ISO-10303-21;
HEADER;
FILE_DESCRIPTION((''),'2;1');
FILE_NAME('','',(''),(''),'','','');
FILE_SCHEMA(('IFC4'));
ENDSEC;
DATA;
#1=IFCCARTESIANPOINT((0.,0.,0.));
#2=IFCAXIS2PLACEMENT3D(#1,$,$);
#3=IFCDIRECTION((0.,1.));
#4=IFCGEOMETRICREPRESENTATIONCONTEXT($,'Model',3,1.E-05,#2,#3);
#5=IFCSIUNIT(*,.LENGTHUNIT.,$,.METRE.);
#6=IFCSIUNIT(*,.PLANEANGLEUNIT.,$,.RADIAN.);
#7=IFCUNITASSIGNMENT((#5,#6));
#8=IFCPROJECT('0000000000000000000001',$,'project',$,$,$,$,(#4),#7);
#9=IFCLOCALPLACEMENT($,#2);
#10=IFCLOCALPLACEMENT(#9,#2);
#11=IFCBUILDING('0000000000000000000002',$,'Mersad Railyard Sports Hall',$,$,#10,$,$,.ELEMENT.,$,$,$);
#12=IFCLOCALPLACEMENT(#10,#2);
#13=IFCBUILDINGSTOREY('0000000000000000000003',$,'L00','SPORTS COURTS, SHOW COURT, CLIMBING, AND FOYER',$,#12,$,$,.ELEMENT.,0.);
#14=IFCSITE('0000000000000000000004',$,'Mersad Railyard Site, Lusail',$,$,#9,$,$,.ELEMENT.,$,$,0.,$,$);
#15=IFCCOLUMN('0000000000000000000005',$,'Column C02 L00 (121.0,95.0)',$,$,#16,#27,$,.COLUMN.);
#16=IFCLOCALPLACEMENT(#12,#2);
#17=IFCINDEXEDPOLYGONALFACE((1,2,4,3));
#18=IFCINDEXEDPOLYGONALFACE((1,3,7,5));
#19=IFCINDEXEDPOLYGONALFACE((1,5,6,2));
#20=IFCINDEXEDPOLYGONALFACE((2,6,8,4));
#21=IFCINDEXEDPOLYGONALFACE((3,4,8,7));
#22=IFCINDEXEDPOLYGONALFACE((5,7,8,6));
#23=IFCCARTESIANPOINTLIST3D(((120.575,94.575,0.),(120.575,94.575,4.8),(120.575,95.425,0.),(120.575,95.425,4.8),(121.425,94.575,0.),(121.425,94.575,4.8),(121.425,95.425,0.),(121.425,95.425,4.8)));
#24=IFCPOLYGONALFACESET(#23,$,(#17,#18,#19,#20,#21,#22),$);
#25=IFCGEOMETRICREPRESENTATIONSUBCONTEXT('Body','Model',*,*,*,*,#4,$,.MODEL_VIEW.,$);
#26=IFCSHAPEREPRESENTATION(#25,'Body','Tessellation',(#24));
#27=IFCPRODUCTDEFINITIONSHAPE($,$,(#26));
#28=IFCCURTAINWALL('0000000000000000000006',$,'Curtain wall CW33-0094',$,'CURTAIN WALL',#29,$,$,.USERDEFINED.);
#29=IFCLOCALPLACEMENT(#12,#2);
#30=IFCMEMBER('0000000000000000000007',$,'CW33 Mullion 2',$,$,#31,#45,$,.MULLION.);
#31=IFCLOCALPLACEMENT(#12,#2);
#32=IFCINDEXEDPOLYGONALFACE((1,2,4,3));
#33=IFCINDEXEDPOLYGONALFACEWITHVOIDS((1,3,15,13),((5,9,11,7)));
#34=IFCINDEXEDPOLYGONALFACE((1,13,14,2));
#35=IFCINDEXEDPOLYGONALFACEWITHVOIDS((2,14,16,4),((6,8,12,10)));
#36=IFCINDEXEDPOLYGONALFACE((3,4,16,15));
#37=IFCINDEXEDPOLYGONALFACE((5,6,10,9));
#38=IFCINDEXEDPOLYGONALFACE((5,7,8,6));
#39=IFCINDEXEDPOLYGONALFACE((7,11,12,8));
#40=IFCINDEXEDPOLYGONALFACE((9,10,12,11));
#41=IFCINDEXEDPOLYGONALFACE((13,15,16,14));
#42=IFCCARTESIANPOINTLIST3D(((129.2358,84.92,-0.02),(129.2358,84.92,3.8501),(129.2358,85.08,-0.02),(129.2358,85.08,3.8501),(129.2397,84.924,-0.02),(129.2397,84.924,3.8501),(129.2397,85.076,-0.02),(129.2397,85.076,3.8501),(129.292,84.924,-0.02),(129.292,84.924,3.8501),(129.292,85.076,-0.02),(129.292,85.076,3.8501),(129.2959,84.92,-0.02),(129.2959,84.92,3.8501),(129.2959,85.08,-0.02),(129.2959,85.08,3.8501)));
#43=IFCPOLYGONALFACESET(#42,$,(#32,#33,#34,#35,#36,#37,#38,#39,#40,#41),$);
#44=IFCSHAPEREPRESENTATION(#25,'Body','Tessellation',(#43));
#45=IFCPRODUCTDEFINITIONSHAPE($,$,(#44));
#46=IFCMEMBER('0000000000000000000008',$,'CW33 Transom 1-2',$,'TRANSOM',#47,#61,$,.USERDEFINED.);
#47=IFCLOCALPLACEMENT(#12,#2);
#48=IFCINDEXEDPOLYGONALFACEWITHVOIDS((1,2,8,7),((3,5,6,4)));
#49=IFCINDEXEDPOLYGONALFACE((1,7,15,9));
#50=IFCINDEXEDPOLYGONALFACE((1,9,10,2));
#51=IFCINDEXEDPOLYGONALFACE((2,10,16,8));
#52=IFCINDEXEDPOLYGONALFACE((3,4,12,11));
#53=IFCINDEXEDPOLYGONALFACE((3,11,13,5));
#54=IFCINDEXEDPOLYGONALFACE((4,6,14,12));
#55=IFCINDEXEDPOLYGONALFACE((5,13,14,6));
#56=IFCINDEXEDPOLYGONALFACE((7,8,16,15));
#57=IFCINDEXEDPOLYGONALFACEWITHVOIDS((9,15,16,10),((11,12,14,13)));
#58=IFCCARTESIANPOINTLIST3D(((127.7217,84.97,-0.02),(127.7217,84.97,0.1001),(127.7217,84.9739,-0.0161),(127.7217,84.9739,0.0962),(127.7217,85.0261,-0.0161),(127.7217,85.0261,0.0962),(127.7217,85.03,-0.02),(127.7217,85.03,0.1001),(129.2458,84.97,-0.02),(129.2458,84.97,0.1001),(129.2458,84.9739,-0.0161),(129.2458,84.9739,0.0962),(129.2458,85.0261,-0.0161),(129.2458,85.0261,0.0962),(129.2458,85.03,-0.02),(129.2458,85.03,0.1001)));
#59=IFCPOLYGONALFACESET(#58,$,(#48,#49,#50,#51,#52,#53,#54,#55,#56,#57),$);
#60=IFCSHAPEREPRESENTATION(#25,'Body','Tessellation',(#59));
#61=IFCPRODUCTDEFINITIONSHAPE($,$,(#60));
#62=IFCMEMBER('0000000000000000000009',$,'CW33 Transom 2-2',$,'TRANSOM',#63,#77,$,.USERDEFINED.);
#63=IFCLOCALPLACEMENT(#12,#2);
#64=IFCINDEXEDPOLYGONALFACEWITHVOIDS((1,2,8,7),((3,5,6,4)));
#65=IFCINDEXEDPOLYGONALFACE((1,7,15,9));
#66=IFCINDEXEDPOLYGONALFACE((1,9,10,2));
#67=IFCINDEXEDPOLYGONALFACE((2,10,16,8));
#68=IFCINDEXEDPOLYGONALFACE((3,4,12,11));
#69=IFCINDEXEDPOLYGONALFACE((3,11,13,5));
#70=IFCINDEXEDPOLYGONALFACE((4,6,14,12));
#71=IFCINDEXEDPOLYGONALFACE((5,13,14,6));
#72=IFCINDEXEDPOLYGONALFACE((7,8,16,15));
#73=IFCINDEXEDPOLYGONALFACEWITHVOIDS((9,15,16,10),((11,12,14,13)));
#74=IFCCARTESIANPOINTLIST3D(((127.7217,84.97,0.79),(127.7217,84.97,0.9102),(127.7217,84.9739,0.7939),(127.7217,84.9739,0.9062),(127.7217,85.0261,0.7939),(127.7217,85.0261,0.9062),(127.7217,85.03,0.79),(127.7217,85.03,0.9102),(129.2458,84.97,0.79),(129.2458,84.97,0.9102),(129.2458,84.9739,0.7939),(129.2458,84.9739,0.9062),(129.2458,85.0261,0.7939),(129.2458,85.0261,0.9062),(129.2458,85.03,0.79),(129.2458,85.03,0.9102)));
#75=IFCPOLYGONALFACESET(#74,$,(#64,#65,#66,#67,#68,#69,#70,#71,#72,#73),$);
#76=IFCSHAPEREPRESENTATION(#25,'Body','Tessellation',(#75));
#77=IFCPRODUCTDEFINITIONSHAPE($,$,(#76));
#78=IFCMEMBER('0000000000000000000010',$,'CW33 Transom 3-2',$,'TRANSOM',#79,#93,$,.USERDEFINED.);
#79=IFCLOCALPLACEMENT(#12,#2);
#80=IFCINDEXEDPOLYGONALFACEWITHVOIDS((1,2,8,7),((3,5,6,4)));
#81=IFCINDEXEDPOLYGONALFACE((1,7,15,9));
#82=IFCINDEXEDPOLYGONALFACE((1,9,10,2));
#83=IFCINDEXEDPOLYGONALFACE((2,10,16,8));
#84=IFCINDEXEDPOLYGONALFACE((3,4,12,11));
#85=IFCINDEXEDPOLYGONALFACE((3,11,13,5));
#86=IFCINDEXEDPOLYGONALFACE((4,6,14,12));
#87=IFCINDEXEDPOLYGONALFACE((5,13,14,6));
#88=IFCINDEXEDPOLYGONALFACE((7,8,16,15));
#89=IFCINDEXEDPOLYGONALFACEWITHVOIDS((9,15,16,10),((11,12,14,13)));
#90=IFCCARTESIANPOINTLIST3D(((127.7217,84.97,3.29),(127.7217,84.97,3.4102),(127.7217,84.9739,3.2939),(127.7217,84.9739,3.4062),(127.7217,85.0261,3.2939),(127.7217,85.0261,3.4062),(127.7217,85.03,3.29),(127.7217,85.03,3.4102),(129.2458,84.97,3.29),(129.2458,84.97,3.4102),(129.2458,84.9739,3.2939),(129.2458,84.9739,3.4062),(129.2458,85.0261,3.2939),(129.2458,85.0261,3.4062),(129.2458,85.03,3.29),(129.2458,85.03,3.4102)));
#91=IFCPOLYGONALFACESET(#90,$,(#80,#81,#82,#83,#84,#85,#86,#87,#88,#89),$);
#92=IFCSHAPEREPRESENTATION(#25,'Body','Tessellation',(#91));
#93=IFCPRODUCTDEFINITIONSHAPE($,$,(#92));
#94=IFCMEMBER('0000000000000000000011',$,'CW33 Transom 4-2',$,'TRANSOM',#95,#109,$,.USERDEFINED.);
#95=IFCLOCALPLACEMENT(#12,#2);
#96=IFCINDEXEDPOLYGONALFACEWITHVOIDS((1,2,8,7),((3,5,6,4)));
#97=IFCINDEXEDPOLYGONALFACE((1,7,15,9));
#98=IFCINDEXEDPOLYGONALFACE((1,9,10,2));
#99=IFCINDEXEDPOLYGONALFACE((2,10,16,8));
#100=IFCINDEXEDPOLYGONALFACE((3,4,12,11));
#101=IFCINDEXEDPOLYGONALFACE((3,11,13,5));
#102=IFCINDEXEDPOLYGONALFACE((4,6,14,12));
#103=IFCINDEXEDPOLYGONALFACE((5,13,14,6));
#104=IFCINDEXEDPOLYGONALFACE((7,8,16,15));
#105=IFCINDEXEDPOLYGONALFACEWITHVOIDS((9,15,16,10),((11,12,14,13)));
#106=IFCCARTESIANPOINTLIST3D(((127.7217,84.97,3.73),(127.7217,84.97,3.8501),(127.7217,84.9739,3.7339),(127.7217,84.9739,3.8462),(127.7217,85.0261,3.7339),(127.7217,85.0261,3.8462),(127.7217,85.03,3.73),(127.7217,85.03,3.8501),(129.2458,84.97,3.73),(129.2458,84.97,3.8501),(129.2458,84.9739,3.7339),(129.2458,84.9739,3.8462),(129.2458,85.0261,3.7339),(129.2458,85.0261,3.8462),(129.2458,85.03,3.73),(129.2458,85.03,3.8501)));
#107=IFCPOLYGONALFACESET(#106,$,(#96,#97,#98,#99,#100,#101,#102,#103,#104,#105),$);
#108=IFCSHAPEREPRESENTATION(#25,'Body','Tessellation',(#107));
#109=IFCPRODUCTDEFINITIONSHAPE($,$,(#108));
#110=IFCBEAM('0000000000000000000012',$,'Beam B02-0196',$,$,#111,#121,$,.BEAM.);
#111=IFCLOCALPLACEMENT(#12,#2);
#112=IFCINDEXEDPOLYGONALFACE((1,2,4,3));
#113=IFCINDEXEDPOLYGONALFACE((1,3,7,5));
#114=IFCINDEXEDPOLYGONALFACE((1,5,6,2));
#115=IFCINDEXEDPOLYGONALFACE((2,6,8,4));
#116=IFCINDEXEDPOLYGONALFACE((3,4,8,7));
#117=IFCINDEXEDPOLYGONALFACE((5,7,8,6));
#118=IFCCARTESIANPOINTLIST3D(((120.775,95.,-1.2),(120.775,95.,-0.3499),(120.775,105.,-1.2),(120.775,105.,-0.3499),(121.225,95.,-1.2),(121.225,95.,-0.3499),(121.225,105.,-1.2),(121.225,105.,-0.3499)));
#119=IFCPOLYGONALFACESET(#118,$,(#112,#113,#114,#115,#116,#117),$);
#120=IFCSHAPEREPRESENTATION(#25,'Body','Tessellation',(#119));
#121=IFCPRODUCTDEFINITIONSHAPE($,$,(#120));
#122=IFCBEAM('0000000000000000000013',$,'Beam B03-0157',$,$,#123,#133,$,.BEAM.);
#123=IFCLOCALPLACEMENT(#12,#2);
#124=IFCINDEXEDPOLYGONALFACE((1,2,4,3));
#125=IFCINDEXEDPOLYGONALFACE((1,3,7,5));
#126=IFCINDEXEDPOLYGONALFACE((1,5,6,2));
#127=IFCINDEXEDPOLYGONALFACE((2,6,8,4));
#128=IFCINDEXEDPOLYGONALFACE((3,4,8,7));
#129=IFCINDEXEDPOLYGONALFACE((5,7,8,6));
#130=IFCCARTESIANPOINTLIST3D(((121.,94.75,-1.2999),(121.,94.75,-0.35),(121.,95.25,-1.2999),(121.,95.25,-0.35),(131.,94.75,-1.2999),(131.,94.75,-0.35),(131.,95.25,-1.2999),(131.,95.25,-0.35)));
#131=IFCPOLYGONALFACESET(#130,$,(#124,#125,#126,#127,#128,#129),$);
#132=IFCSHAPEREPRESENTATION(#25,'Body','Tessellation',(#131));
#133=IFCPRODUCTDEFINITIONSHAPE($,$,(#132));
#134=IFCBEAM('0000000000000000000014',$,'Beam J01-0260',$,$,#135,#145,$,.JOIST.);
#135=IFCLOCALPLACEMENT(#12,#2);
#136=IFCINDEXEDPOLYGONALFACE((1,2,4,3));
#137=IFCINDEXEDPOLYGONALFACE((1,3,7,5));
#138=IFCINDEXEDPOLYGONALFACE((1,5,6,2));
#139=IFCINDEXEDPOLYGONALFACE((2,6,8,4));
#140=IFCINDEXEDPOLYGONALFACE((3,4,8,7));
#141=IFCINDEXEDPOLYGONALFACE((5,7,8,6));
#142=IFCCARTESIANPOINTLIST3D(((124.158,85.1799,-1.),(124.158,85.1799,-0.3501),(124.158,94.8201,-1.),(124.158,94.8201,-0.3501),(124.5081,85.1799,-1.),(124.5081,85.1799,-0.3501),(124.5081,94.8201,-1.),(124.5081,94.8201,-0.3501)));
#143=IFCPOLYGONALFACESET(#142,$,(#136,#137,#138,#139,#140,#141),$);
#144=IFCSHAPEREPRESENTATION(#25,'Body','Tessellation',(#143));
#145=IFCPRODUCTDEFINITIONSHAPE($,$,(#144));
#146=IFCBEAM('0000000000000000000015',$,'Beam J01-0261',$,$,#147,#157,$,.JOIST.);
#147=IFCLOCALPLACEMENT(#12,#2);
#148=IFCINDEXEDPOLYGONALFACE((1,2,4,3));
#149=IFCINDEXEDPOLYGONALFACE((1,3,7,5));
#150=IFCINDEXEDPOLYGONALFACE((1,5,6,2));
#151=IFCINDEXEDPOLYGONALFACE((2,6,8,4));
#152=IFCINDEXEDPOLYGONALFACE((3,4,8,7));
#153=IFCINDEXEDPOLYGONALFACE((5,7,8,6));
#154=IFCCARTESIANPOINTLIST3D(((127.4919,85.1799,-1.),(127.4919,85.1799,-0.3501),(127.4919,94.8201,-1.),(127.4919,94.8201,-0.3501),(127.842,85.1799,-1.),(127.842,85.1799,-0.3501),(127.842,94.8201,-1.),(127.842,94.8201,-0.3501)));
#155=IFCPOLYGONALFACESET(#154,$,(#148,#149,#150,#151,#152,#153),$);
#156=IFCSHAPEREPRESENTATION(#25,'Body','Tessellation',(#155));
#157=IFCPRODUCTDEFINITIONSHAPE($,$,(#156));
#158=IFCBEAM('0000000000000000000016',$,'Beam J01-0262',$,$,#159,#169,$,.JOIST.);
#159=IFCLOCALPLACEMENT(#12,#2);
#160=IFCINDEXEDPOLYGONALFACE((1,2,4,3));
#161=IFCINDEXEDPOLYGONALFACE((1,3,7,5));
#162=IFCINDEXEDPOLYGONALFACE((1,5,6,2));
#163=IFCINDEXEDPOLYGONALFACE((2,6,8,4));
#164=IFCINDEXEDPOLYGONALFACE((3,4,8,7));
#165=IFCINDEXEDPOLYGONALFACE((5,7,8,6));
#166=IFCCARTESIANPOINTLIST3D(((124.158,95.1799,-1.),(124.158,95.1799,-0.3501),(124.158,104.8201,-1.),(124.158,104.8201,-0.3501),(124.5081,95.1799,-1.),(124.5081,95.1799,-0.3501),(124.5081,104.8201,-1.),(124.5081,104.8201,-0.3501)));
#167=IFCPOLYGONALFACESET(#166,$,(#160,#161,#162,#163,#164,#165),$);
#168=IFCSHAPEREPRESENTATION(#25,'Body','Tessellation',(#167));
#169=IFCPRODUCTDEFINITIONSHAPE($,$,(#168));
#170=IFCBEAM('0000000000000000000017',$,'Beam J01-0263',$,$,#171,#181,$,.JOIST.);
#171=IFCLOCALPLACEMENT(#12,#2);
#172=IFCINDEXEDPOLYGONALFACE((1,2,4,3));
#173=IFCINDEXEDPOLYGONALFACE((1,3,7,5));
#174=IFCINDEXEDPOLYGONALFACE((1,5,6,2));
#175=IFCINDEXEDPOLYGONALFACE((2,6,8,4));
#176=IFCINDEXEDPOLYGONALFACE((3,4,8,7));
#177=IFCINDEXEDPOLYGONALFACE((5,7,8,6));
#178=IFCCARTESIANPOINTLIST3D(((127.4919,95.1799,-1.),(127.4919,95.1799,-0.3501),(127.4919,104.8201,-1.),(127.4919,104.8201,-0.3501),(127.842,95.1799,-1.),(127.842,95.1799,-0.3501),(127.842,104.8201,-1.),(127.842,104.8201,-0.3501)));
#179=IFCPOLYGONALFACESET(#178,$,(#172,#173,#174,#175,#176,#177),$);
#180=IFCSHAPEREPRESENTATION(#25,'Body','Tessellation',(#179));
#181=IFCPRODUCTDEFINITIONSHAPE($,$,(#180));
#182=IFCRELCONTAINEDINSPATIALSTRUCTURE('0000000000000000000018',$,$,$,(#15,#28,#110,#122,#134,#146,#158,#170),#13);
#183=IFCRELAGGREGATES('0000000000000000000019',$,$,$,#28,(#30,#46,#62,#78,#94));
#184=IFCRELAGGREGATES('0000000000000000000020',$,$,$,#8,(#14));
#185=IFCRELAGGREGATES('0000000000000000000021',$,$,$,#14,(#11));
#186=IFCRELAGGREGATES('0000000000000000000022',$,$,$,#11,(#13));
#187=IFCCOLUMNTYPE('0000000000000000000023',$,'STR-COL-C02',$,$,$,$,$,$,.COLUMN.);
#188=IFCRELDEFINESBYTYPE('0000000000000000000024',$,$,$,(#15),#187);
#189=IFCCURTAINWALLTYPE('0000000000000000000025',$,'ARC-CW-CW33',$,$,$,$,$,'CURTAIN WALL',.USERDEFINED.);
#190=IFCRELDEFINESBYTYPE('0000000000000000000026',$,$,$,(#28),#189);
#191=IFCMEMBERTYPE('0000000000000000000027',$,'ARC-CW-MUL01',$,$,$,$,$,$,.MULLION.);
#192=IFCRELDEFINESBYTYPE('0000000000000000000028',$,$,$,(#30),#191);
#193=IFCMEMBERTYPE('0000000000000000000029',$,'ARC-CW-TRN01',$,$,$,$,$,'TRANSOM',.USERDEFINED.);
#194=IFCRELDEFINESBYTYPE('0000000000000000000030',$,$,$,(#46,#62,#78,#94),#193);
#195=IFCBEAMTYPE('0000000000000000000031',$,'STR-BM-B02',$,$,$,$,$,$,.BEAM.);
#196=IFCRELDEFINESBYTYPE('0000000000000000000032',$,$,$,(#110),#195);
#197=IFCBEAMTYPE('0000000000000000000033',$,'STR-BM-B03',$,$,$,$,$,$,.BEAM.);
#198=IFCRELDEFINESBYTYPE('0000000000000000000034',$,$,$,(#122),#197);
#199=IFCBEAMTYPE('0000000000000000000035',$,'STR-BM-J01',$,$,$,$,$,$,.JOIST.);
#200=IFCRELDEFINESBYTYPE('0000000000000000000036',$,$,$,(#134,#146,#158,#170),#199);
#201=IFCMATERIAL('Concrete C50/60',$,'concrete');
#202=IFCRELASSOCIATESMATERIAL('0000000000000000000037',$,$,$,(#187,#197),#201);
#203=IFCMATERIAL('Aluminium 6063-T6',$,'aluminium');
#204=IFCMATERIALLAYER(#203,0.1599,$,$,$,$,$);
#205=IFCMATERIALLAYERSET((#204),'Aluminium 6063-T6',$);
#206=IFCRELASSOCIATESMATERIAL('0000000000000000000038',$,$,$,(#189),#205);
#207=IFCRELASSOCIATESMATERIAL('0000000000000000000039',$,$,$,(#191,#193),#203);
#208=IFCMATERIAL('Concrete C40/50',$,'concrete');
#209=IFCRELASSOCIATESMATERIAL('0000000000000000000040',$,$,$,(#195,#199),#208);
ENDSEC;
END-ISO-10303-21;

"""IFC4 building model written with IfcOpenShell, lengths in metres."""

from ifc_helpers import new_model, si_unit, direction, frame, origin, origin_2d, place, context, subcontext, project, spatial, rectangle, hollow_rectangle, extrude, material, layer, layer_set, material_profile, profile_set, type_object, element, aggregate, save


model = new_model("IFC4")

# Units and contexts
model_context = context("Model", 3, precision=1e-05, world=origin(), true_north=direction((0.0, 1.0)))
body_context = subcontext(model_context, "Body", "Model", "MODEL_VIEW")
ifc_project = project(units=[si_unit("LENGTHUNIT", "METRE"), si_unit("PLANEANGLEUNIT", "RADIAN")], contexts=[model_context])

# Site, building, storey
site_placement = place(None, origin())
site = spatial("IfcSite", under=ifc_project, at=site_placement, Name="Mersad Railyard Site, Lusail", CompositionType="ELEMENT", RefElevation=0.0)
building_placement = place(site_placement, origin())
building = spatial("IfcBuilding", under=site, at=building_placement, Name="Mersad Railyard Sports Hall", CompositionType="ELEMENT")
storey_placement = place(building_placement, origin())
storey = spatial("IfcBuildingStorey", under=building, at=storey_placement, Name="L00", Description="SPORTS COURTS, SHOW COURT, CLIMBING, AND FOYER", CompositionType="ELEMENT", Elevation=0.0)

# Column
ifc_material_1 = material(Name="Concrete C50/60", Category="concrete")
ifc_material_profile_1 = material_profile(ifc_material_1, rectangle(XDim=0.8501, YDim=0.8501, at=origin_2d()), Name="RC 850x850")
ifc_profile_set_1 = profile_set([ifc_material_profile_1], Name="Concrete C50/60")
column_type = type_object("IfcColumnType", Name="STR-COL-C02", PredefinedType="COLUMN", material=ifc_profile_set_1)
column_placement = place(storey_placement, frame((121.0, 95.0, 0.0), z_axis=(0.0, 0.0, 1.0), x_axis=(1.0, 0.0, 0.0)))
element("IfcColumn", 1, at=column_placement, inside=storey, type_object=column_type, Name="Column C02 L00 (121.0,95.0)", PredefinedType="COLUMN", context=body_context, shape_type="SweptSolid", body=[
    extrude(rectangle(XDim=0.8501, YDim=0.8501, at=origin_2d()), origin(), (0.0, 0.0, 1.0), 4.8),
])

# Curtain wall, members
ifc_material_2 = material(Name="Aluminium 6063-T6", Category="aluminium")
ifc_layer_1 = layer(ifc_material_2, 0.1599)
ifc_layer_set_1 = layer_set([ifc_layer_1], Name="Aluminium 6063-T6")
curtain_wall_type = type_object("IfcCurtainWallType", Name="ARC-CW-CW33", ElementType="CURTAIN WALL", PredefinedType="USERDEFINED", material=ifc_layer_set_1)
curtain_wall_placement = place(storey_placement, origin())
curtain_wall = element("IfcCurtainWall", 2, at=curtain_wall_placement, inside=storey, type_object=curtain_wall_type, Name="Curtain wall CW33-0094", ObjectType="CURTAIN WALL", PredefinedType="USERDEFINED")
ifc_material_profile_2 = material_profile(ifc_material_2, hollow_rectangle(XDim=0.0601, YDim=0.1599, WallThickness=0.0039, at=origin_2d()), Name="AL MULLION 60x160x4")
ifc_profile_set_2 = profile_set([ifc_material_profile_2], Name="Aluminium 6063-T6")
member_type_1 = type_object("IfcMemberType", Name="ARC-CW-MUL01", PredefinedType="MULLION", material=ifc_profile_set_2)
member_1_placement = place(storey_placement, frame((129.2659, 85.0, -0.02), z_axis=(0.0, 0.0, 1.0), x_axis=(1.0, 0.0, 0.0)))
member_1 = element("IfcMember", 3, at=member_1_placement, type_object=member_type_1, Name="CW33 Mullion 2", PredefinedType="MULLION", context=body_context, shape_type="SweptSolid", body=[
    extrude(hollow_rectangle(XDim=0.0601, YDim=0.1599, WallThickness=0.0039, at=origin_2d()), origin(), (0.0, 0.0, 1.0), 3.8701),
])
ifc_material_profile_3 = material_profile(ifc_material_2, hollow_rectangle(XDim=0.0601, YDim=0.1201, WallThickness=0.0039, at=origin_2d()), Name="AL TRANSOM 60x120x4")
ifc_profile_set_3 = profile_set([ifc_material_profile_3], Name="Aluminium 6063-T6")
member_type_2 = type_object("IfcMemberType", Name="ARC-CW-TRN01", ElementType="TRANSOM", PredefinedType="USERDEFINED", material=ifc_profile_set_3)
member_2_placement = place(storey_placement, frame((129.2458, 85.0, 0.04), z_axis=(-1.0, 0.0, 0.0), x_axis=(0.0, -1.0, 0.0)))
member_2 = element("IfcMember", 4, at=member_2_placement, type_object=member_type_2, Name="CW33 Transom 1-2", ObjectType="TRANSOM", PredefinedType="USERDEFINED", context=body_context, shape_type="SweptSolid", body=[
    extrude(hollow_rectangle(XDim=0.0601, YDim=0.1201, WallThickness=0.0039, at=origin_2d()), origin(), (0.0, 0.0, 1.0), 1.5242),
])
member_3_placement = place(storey_placement, frame((129.2458, 85.0, 0.8501), z_axis=(-1.0, 0.0, 0.0), x_axis=(0.0, -1.0, 0.0)))
member_3 = element("IfcMember", 5, at=member_3_placement, type_object=member_type_2, Name="CW33 Transom 2-2", ObjectType="TRANSOM", PredefinedType="USERDEFINED", context=body_context, shape_type="SweptSolid", body=[
    extrude(hollow_rectangle(XDim=0.0601, YDim=0.1201, WallThickness=0.0039, at=origin_2d()), origin(), (0.0, 0.0, 1.0), 1.5242),
])
member_4_placement = place(storey_placement, frame((129.2458, 85.0, 3.3501), z_axis=(-1.0, 0.0, 0.0), x_axis=(0.0, -1.0, 0.0)))
member_4 = element("IfcMember", 6, at=member_4_placement, type_object=member_type_2, Name="CW33 Transom 3-2", ObjectType="TRANSOM", PredefinedType="USERDEFINED", context=body_context, shape_type="SweptSolid", body=[
    extrude(hollow_rectangle(XDim=0.0601, YDim=0.1201, WallThickness=0.0039, at=origin_2d()), origin(), (0.0, 0.0, 1.0), 1.5242),
])
member_5_placement = place(storey_placement, frame((129.2458, 85.0, 3.79), z_axis=(-1.0, 0.0, 0.0), x_axis=(0.0, -1.0, 0.0)))
member_5 = element("IfcMember", 7, at=member_5_placement, type_object=member_type_2, Name="CW33 Transom 4-2", ObjectType="TRANSOM", PredefinedType="USERDEFINED", context=body_context, shape_type="SweptSolid", body=[
    extrude(hollow_rectangle(XDim=0.0601, YDim=0.1201, WallThickness=0.0039, at=origin_2d()), origin(), (0.0, 0.0, 1.0), 1.5242),
])

# Beams
ifc_material_3 = material(Name="Concrete C40/50", Category="concrete")
ifc_material_profile_4 = material_profile(ifc_material_3, rectangle(XDim=0.45, YDim=0.8501, at=origin_2d()), Name="RC 450x850")
ifc_profile_set_4 = profile_set([ifc_material_profile_4], Name="Concrete C40/50")
beam_type_1 = type_object("IfcBeamType", Name="STR-BM-B02", PredefinedType="BEAM", material=ifc_profile_set_4)
beam_1_placement = place(storey_placement, frame((121.0, 95.0, -0.7749), z_axis=(0.0, 1.0, 0.0), x_axis=(-1.0, 0.0, 0.0)))
element("IfcBeam", 8, at=beam_1_placement, inside=storey, type_object=beam_type_1, Name="Beam B02-0196", PredefinedType="BEAM", context=body_context, shape_type="SweptSolid", body=[
    extrude(rectangle(XDim=0.45, YDim=0.8501, at=origin_2d()), origin(), (0.0, 0.0, 1.0), 10.0),
])
ifc_material_profile_5 = material_profile(ifc_material_1, rectangle(XDim=0.5, YDim=0.95, at=origin_2d()), Name="RC 500x950")
ifc_profile_set_5 = profile_set([ifc_material_profile_5], Name="Concrete C50/60")
beam_type_2 = type_object("IfcBeamType", Name="STR-BM-B03", PredefinedType="BEAM", material=ifc_profile_set_5)
beam_2_placement = place(storey_placement, frame((121.0, 95.0, -0.825), z_axis=(1.0, 0.0, 0.0), x_axis=(0.0, 1.0, 0.0)))
element("IfcBeam", 9, at=beam_2_placement, inside=storey, type_object=beam_type_2, Name="Beam B03-0157", PredefinedType="BEAM", context=body_context, shape_type="SweptSolid", body=[
    extrude(rectangle(XDim=0.5, YDim=0.95, at=origin_2d()), origin(), (0.0, 0.0, 1.0), 10.0),
])
ifc_material_profile_6 = material_profile(ifc_material_3, rectangle(XDim=0.3501, YDim=0.6499, at=origin_2d()), Name="RC 350x650")
ifc_profile_set_6 = profile_set([ifc_material_profile_6], Name="Concrete C40/50")
beam_type_3 = type_object("IfcBeamType", Name="STR-BM-J01", PredefinedType="JOIST", material=ifc_profile_set_6)
for number, where, z_axis, x_axis, name in (
    (10, (124.333, 85.1799, -0.675), (0.0, 1.0, 0.0), (-1.0, 0.0, 0.0), "Beam J01-0260"),
    (11, (127.667, 85.1799, -0.675), (0.0, 1.0, 0.0), (-1.0, 0.0, 0.0), "Beam J01-0261"),
    (12, (124.333, 95.1799, -0.675), (0.0, 1.0, 0.0), (-1.0, 0.0, 0.0), "Beam J01-0262"),
    (13, (127.667, 95.1799, -0.675), (0.0, 1.0, 0.0), (-1.0, 0.0, 0.0), "Beam J01-0263"),
):
    element("IfcBeam", number, at=place(storey_placement, frame(where, z_axis=z_axis, x_axis=x_axis)), inside=storey, type_object=beam_type_3, Name=name, PredefinedType="JOIST", context=body_context, shape_type="SweptSolid", body=[
        extrude(rectangle(XDim=0.3501, YDim=0.6499, at=origin_2d()), origin(), (0.0, 0.0, 1.0), 9.6401),
    ])

aggregate(curtain_wall, [member_1, member_2, member_3, member_4, member_5])

save(model, "model.ifc")
